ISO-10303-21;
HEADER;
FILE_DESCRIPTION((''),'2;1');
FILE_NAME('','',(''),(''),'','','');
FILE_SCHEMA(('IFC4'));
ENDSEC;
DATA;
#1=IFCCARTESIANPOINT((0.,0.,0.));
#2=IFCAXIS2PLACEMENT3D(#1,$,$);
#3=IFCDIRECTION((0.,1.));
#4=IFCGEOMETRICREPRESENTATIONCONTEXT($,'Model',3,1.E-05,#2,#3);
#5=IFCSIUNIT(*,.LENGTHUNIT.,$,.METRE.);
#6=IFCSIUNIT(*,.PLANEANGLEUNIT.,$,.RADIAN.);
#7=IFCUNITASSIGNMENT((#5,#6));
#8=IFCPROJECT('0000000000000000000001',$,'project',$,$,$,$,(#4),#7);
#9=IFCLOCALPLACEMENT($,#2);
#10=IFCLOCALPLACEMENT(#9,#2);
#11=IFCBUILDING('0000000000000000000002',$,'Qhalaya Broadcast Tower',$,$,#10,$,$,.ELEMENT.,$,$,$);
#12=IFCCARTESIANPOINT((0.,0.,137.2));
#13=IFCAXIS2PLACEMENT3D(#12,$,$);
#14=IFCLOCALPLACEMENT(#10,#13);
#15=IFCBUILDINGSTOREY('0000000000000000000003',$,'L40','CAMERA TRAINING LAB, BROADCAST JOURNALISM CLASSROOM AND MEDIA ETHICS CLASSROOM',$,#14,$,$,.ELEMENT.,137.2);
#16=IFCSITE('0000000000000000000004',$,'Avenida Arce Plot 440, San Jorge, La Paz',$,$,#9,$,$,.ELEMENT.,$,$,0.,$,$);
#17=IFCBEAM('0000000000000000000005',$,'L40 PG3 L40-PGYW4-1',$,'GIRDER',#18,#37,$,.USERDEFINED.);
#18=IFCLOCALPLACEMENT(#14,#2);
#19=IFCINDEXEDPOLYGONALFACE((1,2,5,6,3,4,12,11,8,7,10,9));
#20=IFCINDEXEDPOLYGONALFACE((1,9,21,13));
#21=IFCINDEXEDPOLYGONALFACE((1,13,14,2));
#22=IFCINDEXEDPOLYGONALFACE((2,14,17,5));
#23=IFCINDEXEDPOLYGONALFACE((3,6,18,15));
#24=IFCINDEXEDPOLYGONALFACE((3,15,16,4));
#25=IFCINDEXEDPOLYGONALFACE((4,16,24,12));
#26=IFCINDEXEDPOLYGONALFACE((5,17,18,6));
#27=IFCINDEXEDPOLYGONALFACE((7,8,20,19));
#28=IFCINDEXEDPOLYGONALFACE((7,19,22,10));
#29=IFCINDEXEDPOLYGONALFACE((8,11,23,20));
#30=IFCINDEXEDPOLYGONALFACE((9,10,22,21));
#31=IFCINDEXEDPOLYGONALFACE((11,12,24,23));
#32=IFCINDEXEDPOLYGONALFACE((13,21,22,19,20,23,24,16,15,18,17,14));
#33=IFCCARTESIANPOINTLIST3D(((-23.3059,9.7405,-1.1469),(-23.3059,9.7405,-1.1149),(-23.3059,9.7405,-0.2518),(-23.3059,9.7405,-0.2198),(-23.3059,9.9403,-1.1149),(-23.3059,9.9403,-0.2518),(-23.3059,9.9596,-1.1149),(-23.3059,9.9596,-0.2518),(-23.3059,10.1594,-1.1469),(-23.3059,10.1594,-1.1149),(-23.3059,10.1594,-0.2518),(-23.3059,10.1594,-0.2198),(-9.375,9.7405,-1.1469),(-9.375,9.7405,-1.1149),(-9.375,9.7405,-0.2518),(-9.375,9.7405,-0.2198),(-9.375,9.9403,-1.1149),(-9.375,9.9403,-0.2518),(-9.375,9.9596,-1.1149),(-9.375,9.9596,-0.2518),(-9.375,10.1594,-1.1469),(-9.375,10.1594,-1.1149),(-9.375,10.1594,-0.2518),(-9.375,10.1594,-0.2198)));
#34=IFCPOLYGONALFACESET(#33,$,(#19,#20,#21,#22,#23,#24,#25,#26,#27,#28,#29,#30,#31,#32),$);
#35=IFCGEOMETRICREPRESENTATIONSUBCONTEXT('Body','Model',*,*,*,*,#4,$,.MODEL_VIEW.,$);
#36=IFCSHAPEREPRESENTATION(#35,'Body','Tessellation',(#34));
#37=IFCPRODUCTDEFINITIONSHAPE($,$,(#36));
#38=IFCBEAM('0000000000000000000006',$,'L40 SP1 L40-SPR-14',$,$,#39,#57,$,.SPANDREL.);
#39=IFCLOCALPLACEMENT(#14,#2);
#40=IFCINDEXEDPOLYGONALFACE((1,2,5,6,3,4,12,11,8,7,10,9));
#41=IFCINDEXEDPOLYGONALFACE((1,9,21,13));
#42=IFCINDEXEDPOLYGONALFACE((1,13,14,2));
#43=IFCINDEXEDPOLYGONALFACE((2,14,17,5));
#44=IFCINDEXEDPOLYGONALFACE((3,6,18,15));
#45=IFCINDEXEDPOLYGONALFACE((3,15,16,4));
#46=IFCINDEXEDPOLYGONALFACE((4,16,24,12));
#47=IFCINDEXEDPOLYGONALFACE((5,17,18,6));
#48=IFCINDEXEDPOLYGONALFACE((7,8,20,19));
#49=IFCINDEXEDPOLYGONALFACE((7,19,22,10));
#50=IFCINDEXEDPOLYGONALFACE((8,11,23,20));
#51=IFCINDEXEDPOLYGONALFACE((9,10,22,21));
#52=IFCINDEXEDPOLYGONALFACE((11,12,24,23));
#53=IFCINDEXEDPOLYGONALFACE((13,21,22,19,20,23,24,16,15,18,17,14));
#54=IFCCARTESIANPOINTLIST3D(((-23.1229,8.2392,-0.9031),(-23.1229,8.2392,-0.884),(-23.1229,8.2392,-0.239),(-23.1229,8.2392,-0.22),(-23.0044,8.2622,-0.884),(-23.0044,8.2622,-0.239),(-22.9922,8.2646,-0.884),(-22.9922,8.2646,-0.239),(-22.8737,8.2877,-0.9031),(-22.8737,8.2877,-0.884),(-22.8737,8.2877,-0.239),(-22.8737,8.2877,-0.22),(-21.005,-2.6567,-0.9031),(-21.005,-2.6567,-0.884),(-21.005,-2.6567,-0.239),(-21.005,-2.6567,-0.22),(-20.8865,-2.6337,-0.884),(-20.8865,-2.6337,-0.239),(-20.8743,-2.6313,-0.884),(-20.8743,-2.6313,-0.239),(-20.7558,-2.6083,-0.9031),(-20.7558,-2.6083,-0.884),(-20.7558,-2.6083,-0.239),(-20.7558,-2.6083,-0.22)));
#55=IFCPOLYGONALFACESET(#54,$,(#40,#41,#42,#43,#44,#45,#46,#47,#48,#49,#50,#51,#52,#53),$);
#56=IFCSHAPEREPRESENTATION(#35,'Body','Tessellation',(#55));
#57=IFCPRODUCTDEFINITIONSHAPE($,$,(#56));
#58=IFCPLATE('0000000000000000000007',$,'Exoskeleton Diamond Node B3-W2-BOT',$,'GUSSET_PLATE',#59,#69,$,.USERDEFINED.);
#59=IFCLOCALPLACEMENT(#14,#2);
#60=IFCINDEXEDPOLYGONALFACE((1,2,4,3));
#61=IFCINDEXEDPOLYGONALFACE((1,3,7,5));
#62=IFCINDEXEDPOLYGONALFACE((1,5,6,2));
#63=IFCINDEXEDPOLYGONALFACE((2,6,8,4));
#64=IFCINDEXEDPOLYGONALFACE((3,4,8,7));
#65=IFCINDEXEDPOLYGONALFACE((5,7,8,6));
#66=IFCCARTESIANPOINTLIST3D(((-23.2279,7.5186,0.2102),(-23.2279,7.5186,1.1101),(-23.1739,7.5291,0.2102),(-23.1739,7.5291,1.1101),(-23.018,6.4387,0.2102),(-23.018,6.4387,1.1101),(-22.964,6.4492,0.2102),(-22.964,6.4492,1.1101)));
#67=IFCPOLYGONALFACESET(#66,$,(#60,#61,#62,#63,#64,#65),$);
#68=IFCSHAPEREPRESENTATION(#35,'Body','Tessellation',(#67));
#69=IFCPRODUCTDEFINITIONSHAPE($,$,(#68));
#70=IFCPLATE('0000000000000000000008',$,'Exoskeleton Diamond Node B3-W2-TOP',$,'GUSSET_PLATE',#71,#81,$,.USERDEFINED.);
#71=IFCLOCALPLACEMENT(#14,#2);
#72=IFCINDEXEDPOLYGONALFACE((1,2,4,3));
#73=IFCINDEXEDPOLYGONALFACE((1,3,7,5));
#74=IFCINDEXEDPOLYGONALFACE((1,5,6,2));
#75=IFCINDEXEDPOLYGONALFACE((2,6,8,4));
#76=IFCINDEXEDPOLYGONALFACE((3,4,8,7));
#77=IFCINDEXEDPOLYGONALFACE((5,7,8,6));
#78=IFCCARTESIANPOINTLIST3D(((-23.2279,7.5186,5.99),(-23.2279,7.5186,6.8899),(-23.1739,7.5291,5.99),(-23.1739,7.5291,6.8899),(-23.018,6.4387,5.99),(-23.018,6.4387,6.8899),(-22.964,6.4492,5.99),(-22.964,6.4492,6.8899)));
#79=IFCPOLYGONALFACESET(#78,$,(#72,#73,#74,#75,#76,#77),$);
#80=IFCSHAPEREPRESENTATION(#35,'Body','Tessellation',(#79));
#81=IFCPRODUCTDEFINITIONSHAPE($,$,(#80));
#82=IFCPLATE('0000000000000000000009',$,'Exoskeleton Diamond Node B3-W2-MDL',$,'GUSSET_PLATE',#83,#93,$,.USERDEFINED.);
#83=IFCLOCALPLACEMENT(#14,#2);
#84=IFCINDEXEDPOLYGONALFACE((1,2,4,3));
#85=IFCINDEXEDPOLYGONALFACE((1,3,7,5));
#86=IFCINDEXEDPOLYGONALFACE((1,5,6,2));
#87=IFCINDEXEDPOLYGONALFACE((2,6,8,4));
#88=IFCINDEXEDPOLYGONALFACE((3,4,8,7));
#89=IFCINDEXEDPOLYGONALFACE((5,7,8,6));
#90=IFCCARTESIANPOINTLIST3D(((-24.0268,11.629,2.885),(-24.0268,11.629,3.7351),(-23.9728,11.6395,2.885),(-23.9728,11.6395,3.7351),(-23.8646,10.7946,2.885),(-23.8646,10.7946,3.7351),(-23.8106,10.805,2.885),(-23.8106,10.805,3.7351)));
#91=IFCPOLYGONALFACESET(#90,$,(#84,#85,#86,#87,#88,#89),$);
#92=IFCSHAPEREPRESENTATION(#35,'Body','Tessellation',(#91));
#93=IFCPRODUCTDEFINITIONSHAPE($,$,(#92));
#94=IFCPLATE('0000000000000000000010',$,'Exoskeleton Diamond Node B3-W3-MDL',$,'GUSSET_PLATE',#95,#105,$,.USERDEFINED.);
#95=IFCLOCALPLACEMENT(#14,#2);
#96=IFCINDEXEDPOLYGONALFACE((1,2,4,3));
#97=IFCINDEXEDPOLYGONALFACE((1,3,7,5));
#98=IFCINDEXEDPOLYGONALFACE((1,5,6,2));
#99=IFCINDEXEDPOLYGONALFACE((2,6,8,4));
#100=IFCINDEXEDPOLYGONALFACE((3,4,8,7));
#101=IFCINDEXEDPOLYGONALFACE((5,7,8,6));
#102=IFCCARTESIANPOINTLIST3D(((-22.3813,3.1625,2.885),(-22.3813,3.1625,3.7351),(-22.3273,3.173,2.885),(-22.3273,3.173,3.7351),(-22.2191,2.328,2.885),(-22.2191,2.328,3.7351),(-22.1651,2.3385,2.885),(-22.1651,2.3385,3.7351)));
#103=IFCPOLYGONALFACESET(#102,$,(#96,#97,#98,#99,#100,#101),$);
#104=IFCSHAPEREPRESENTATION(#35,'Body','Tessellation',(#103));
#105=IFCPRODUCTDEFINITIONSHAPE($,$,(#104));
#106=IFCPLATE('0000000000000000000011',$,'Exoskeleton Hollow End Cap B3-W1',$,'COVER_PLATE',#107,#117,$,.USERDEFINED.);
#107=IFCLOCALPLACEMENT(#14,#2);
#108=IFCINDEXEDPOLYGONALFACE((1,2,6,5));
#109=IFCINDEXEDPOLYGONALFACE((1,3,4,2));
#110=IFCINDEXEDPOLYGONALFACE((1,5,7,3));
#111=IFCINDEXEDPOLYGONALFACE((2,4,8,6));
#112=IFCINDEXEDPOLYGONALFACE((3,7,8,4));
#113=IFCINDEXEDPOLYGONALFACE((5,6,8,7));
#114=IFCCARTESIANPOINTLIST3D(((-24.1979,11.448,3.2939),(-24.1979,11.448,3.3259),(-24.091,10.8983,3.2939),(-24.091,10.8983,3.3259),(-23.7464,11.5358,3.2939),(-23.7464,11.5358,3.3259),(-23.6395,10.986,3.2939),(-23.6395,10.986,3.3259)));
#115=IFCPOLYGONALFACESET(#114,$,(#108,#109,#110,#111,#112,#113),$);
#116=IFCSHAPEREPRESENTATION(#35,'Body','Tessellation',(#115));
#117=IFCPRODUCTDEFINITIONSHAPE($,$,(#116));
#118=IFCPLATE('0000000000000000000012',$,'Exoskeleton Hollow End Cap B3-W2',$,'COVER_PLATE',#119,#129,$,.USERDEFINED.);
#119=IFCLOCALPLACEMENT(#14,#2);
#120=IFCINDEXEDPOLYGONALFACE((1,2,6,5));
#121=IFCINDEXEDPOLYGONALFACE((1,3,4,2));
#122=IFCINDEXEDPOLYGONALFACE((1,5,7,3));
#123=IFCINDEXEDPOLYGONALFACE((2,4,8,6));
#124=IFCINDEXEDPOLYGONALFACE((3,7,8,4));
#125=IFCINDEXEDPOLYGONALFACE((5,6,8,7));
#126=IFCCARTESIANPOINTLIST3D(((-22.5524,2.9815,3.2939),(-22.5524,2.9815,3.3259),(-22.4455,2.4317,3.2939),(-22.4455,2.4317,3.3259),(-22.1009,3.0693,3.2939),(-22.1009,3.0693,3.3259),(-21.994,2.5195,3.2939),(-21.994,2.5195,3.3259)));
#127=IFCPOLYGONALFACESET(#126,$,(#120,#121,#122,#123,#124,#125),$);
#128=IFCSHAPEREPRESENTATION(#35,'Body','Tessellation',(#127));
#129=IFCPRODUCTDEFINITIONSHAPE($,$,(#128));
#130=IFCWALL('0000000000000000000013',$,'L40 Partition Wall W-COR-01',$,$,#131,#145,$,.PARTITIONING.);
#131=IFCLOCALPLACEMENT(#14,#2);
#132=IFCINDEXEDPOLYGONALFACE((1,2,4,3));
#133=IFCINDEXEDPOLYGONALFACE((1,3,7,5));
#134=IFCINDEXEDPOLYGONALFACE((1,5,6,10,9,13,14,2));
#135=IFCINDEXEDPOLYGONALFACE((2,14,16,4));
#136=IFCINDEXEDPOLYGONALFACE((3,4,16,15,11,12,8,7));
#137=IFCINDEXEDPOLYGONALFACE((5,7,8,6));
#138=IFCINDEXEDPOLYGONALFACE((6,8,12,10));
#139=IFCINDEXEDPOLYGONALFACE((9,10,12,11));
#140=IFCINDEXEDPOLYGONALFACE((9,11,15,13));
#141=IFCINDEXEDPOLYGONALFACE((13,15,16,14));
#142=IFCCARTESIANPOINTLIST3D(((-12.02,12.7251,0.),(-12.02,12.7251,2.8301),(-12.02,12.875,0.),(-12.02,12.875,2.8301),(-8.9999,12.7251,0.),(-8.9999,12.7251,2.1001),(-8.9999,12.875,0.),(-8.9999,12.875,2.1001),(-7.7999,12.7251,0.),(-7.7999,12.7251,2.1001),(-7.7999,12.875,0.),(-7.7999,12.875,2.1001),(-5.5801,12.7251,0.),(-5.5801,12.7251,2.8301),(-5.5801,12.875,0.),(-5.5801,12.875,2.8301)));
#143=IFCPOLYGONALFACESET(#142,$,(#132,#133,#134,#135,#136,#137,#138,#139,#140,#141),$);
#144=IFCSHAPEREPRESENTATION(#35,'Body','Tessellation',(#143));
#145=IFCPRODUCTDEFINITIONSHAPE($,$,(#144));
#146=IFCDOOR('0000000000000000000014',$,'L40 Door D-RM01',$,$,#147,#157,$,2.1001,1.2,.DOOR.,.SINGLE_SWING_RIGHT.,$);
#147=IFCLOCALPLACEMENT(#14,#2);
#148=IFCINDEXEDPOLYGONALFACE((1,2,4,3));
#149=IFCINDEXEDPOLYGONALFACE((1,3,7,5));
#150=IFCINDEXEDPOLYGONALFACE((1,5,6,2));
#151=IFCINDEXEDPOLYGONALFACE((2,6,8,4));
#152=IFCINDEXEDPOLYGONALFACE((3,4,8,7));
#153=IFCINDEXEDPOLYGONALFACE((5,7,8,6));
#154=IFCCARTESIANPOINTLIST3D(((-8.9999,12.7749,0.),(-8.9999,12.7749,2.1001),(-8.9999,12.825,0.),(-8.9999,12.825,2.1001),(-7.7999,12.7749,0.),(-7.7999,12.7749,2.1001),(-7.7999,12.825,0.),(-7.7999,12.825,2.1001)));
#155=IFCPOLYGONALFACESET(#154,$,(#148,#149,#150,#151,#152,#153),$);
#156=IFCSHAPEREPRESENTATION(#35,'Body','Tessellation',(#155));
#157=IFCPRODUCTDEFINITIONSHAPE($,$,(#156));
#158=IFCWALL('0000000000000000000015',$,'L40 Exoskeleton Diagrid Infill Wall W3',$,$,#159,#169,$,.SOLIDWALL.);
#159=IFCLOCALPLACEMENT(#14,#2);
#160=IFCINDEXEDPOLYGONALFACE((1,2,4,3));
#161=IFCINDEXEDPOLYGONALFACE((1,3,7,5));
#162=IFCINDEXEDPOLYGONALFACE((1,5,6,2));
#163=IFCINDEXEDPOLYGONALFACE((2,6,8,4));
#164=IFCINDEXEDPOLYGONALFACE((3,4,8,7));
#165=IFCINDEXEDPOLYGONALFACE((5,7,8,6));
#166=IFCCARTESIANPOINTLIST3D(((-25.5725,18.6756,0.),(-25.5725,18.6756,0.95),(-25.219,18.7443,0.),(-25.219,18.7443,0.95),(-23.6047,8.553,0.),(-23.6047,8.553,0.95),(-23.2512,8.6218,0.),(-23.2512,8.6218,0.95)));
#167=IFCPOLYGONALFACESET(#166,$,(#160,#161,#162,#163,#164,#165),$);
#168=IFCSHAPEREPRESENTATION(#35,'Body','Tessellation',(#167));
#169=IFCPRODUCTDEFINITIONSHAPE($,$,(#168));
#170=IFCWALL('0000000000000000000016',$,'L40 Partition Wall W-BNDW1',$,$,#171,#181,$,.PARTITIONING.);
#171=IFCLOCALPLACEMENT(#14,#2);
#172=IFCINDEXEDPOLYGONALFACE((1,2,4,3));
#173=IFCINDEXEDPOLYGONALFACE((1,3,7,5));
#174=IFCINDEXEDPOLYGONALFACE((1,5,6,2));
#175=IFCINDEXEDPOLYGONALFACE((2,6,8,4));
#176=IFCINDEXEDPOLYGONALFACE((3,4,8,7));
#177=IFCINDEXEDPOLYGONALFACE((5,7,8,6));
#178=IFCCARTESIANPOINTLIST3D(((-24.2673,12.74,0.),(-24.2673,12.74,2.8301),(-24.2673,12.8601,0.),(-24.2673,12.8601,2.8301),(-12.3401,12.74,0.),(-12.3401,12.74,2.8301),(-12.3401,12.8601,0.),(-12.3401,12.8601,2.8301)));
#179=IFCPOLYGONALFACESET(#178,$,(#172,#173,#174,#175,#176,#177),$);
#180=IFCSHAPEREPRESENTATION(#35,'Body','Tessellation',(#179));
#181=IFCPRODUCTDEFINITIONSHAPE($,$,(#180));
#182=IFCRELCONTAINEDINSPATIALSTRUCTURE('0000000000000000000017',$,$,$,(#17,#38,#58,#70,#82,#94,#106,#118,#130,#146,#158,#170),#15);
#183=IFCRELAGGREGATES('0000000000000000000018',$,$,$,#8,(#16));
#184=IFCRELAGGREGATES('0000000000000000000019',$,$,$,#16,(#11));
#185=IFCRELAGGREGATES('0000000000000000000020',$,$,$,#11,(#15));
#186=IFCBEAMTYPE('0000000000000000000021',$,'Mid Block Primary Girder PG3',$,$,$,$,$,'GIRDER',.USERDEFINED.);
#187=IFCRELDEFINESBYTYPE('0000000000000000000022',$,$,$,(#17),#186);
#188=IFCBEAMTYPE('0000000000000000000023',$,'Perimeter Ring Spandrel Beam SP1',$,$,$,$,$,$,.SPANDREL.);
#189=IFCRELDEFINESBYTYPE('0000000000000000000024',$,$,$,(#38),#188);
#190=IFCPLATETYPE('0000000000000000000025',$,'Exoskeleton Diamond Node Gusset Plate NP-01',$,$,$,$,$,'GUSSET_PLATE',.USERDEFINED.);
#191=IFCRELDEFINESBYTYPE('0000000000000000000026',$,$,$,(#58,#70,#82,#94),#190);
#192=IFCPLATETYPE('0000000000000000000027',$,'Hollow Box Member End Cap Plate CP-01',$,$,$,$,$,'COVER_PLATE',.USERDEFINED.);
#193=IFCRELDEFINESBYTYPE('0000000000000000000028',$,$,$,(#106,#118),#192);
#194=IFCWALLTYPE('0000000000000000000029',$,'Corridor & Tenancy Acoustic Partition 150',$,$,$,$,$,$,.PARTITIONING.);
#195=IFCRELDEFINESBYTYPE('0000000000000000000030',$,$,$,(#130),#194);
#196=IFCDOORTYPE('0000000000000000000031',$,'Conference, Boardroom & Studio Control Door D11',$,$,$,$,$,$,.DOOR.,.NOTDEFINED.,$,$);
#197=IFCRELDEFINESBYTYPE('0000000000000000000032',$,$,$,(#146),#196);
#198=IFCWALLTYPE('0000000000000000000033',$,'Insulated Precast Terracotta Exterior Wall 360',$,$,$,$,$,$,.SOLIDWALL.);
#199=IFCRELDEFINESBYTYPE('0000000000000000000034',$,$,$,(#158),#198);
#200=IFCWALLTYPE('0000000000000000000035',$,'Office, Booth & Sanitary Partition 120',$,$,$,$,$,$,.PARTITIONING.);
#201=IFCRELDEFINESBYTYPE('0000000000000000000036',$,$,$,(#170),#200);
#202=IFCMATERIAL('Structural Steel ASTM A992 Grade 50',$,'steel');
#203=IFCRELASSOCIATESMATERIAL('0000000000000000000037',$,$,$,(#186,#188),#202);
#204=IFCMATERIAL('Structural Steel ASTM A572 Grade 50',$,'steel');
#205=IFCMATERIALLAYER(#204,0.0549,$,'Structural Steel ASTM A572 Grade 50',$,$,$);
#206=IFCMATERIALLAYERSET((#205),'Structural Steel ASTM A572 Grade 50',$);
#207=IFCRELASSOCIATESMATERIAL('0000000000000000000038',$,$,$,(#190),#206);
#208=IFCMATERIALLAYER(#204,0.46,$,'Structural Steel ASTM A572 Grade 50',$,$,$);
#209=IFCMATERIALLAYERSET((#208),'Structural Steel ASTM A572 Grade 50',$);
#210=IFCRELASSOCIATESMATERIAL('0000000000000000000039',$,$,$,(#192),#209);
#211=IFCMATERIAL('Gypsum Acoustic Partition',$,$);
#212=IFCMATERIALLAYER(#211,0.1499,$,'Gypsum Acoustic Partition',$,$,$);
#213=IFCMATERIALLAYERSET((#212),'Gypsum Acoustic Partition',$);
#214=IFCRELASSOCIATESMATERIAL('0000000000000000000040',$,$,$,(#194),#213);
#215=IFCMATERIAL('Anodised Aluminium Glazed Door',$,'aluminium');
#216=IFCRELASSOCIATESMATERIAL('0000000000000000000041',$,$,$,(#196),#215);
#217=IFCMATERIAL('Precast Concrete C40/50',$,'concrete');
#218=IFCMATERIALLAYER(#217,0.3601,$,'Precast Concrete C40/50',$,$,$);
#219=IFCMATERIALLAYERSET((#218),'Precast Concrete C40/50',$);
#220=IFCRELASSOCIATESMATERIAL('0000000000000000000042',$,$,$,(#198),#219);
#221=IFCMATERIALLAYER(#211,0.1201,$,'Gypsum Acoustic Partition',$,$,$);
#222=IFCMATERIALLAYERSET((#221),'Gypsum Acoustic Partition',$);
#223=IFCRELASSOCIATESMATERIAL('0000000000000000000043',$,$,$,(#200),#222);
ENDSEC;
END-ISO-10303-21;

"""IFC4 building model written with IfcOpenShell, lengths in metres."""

from ifc_helpers import new_model, si_unit, direction, frame, frame_2d, origin, origin_2d, place, context, subcontext, project, spatial, rectangle, i_section, extrude, material, layer, layer_set, material_profile, profile_set, type_object, element, fill, save


model = new_model("IFC4")

# Units and contexts
model_context = context("Model", 3, precision=1e-05, world=origin(), true_north=direction((0.0, 1.0)))
body_context = subcontext(model_context, "Body", "Model", "MODEL_VIEW")
ifc_project = project(units=[si_unit("LENGTHUNIT", "METRE"), si_unit("PLANEANGLEUNIT", "RADIAN")], contexts=[model_context])

# Site, building, storey
site_placement = place(None, origin())
site = spatial("IfcSite", under=ifc_project, at=site_placement, Name="Avenida Arce Plot 440, San Jorge, La Paz", CompositionType="ELEMENT", RefElevation=0.0)
building_placement = place(site_placement, origin())
building = spatial("IfcBuilding", under=site, at=building_placement, Name="Qhalaya Broadcast Tower", CompositionType="ELEMENT")
storey_placement = place(building_placement, frame((0.0, 0.0, 137.2)))
storey = spatial("IfcBuildingStorey", under=building, at=storey_placement, Name="L40", Description="CAMERA TRAINING LAB, BROADCAST JOURNALISM CLASSROOM AND MEDIA ETHICS CLASSROOM", CompositionType="ELEMENT", Elevation=137.2)

# Shared definitions
ifc_material_1 = material(Name="Structural Steel ASTM A572 Grade 50", Category="steel")

# Shared definitions
ifc_material_2 = material(Name="Structural Steel ASTM A992 Grade 50", Category="steel")

# Beams
ifc_material_profile_1 = material_profile(ifc_material_2, i_section(OverallWidth=0.4189, OverallDepth=0.927, WebThickness=0.0193, FlangeThickness=0.032, at=origin_2d()), Name="W36X231")
ifc_profile_set_1 = profile_set([ifc_material_profile_1], Name="Structural Steel ASTM A992 Grade 50")
beam_type_1 = type_object("IfcBeamType", Name="Mid Block Primary Girder PG3", ElementType="GIRDER", PredefinedType="USERDEFINED", material=ifc_profile_set_1)
beam_1_placement = place(storey_placement, frame((-23.3059, 9.95, -0.6833), z_axis=(1.0, 0.0, 0.0), x_axis=(0.0, 1.0, 0.0)))
element("IfcBeam", 1, at=beam_1_placement, inside=storey, type_object=beam_type_1, Name="L40 PG3 L40-PGYW4-1", ObjectType="GIRDER", PredefinedType="USERDEFINED", context=body_context, shape_type="SweptSolid", body=[
    extrude(i_section(OverallWidth=0.4189, OverallDepth=0.927, WebThickness=0.0193, FlangeThickness=0.032, at=origin_2d()), origin(), (0.0, 0.0, 1.0), 13.9309),
])
ifc_material_profile_2 = material_profile(ifc_material_2, i_section(OverallWidth=0.2539, OverallDepth=0.6831, WebThickness=0.0125, FlangeThickness=0.019, at=origin_2d()), Name="W27X94")
ifc_profile_set_2 = profile_set([ifc_material_profile_2], Name="Structural Steel ASTM A992 Grade 50")
beam_type_2 = type_object("IfcBeamType", Name="Perimeter Ring Spandrel Beam SP1", PredefinedType="SPANDREL", material=ifc_profile_set_2)
beam_2_placement = place(storey_placement, frame((-22.9983, 8.2634, -0.5615), z_axis=(0.190805, -0.981628, 0.0), x_axis=(0.981628, 0.190805, 0.0)))
element("IfcBeam", 2, at=beam_2_placement, inside=storey, type_object=beam_type_2, Name="L40 SP1 L40-SPR-14", PredefinedType="SPANDREL", context=body_context, shape_type="SweptSolid", body=[
    extrude(i_section(OverallWidth=0.2539, OverallDepth=0.6831, WebThickness=0.0125, FlangeThickness=0.019, at=origin_2d()), origin(), (0.0, 0.0, 1.0), 11.0999),
])

# Plates
ifc_layer_1 = layer(ifc_material_1, 0.0549, Name="Structural Steel ASTM A572 Grade 50")
ifc_layer_set_1 = layer_set([ifc_layer_1], Name="Structural Steel ASTM A572 Grade 50")
plate_type_1 = type_object("IfcPlateType", Name="Exoskeleton Diamond Node Gusset Plate NP-01", ElementType="GUSSET_PLATE", PredefinedType="USERDEFINED", material=ifc_layer_set_1)
for number, where, z_axis, x_axis, name in (
    (3, (-23.0959, 6.9839, 0.2102), (0.0, 0.0, 1.0), (-0.190809, 0.981627, 0.0), "Exoskeleton Diamond Node B3-W2-BOT"),
    (4, (-23.0959, 6.9839, 5.99), (0.0, 0.0, 1.0), (-0.190809, 0.981627, 0.0), "Exoskeleton Diamond Node B3-W2-TOP"),
):
    element("IfcPlate", number, at=place(storey_placement, frame(where, z_axis=z_axis, x_axis=x_axis)), inside=storey, type_object=plate_type_1, Name=name, ObjectType="GUSSET_PLATE", PredefinedType="USERDEFINED", context=body_context, shape_type="SweptSolid", body=[
        extrude(rectangle(XDim=1.1001, YDim=0.0549, at=origin_2d()), origin(), (0.0, 0.0, 1.0), 0.8999),
    ])
for number, where, z_axis, x_axis, name in (
    (5, (-23.9187, 11.217, 2.885), (0.0, 0.0, 1.0), (-0.190809, 0.981627, 0.0), "Exoskeleton Diamond Node B3-W2-MDL"),
    (6, (-22.2732, 2.7505, 2.885), (0.0, 0.0, 1.0), (-0.190809, 0.981627, 0.0), "Exoskeleton Diamond Node B3-W3-MDL"),
):
    element("IfcPlate", number, at=place(storey_placement, frame(where, z_axis=z_axis, x_axis=x_axis)), inside=storey, type_object=plate_type_1, Name=name, ObjectType="GUSSET_PLATE", PredefinedType="USERDEFINED", context=body_context, shape_type="SweptSolid", body=[
        extrude(rectangle(XDim=0.8501, YDim=0.0549, at=origin_2d()), origin(), (0.0, 0.0, 1.0), 0.8501),
    ])
ifc_layer_2 = layer(ifc_material_1, 0.46, Name="Structural Steel ASTM A572 Grade 50")
ifc_layer_set_2 = layer_set([ifc_layer_2], Name="Structural Steel ASTM A572 Grade 50")
plate_type_2 = type_object("IfcPlateType", Name="Hollow Box Member End Cap Plate CP-01", ElementType="COVER_PLATE", PredefinedType="USERDEFINED", material=ifc_layer_set_2)
for number, where, z_axis, x_axis, name in (
    (7, (-23.9187, 11.217, 3.2939), (0.0, 0.0, 1.0), (-0.190809, 0.981627, 0.0), "Exoskeleton Hollow End Cap B3-W1"),
    (8, (-22.2732, 2.7505, 3.2939), (0.0, 0.0, 1.0), (-0.190809, 0.981627, 0.0), "Exoskeleton Hollow End Cap B3-W2"),
):
    element("IfcPlate", number, at=place(storey_placement, frame(where, z_axis=z_axis, x_axis=x_axis)), inside=storey, type_object=plate_type_2, Name=name, ObjectType="COVER_PLATE", PredefinedType="USERDEFINED", context=body_context, shape_type="SweptSolid", body=[
        extrude(rectangle(XDim=0.5601, YDim=0.46, at=origin_2d()), origin(), (0.0, 0.0, 1.0), 0.032),
    ])

# Wall, opening, door
ifc_material_3 = material(Name="Gypsum Acoustic Partition")
ifc_layer_3 = layer(ifc_material_3, 0.1499, Name="Gypsum Acoustic Partition")
ifc_layer_set_3 = layer_set([ifc_layer_3], Name="Gypsum Acoustic Partition")
wall_type_1 = type_object("IfcWallType", Name="Corridor & Tenancy Acoustic Partition 150", PredefinedType="PARTITIONING", material=ifc_layer_set_3)
wall_1_placement = place(storey_placement, frame((-12.02, 12.8, 0.0), z_axis=(0.0, 0.0, 1.0), x_axis=(1.0, 0.0, 0.0)))
wall_1 = element("IfcWall", 9, at=wall_1_placement, inside=storey, type_object=wall_type_1, Name="L40 Partition Wall W-COR-01", PredefinedType="PARTITIONING", context=body_context, shape_type="SweptSolid", body=[
    extrude(rectangle(XDim=6.4399, YDim=0.1499, at=frame_2d((3.22, 0.0))), origin(), (0.0, 0.0, 1.0), 2.8301),
])
opening_placement = place(wall_1_placement, frame((3.02, 0.0, 0.0)))
opening = element("IfcOpeningElement", 10, at=opening_placement, cuts=wall_1, PredefinedType="OPENING", context=body_context, shape_type="SweptSolid", body=[
    extrude(rectangle(XDim=1.2, YDim=2.1001, at=frame_2d((0.6001, 1.05))), frame((0.0, 0.0869, 0.0), z_axis=(0.0, -1.0, 0.0), x_axis=(1.0, 0.0, 0.0)), (0.0, 0.0, 1.0), 0.1738),
])
ifc_material_4 = material(Name="Anodised Aluminium Glazed Door", Category="aluminium")
door_type = type_object("IfcDoorType", Name="Conference, Boardroom & Studio Control Door D11", OperationType="NOTDEFINED", PredefinedType="DOOR", material=ifc_material_4)
door_placement = place(opening_placement, origin())
door = element("IfcDoor", 11, at=door_placement, inside=storey, type_object=door_type, Name="L40 Door D-RM01", OperationType="SINGLE_SWING_RIGHT", OverallHeight=2.1001, OverallWidth=1.2, PredefinedType="DOOR", context=body_context, shape_type="SweptSolid", body=[
    extrude(rectangle(XDim=1.2, YDim=2.1001, at=frame_2d((0.6001, 1.05))), frame((0.0, 0.0249, 0.0), z_axis=(0.0, -1.0, 0.0), x_axis=(1.0, 0.0, 0.0)), (0.0, 0.0, 1.0), 0.05),
])
fill(opening, door)

# Walls
ifc_material_5 = material(Name="Precast Concrete C40/50", Category="concrete")
ifc_layer_4 = layer(ifc_material_5, 0.3601, Name="Precast Concrete C40/50")
ifc_layer_set_4 = layer_set([ifc_layer_4], Name="Precast Concrete C40/50")
wall_type_2 = type_object("IfcWallType", Name="Insulated Precast Terracotta Exterior Wall 360", PredefinedType="SOLIDWALL", material=ifc_layer_set_4)
wall_2_placement = place(storey_placement, frame((-23.428, 8.5874, 0.0), z_axis=(0.0, 0.0, 1.0), x_axis=(-0.190823, 0.981625, 0.0)))
element("IfcWall", 12, at=wall_2_placement, inside=storey, type_object=wall_type_2, Name="L40 Exoskeleton Diagrid Infill Wall W3", PredefinedType="SOLIDWALL", context=body_context, shape_type="SweptSolid", body=[
    extrude(rectangle(XDim=10.312, YDim=0.3601, at=frame_2d((5.156, 0.0))), origin(), (0.0, 0.0, 1.0), 0.95),
])
ifc_layer_5 = layer(ifc_material_3, 0.1201, Name="Gypsum Acoustic Partition")
ifc_layer_set_5 = layer_set([ifc_layer_5], Name="Gypsum Acoustic Partition")
wall_type_3 = type_object("IfcWallType", Name="Office, Booth & Sanitary Partition 120", PredefinedType="PARTITIONING", material=ifc_layer_set_5)
wall_3_placement = place(storey_placement, frame((-24.2673, 12.8, 0.0), z_axis=(0.0, 0.0, 1.0), x_axis=(1.0, 0.0, 0.0)))
element("IfcWall", 13, at=wall_3_placement, inside=storey, type_object=wall_type_3, Name="L40 Partition Wall W-BNDW1", PredefinedType="PARTITIONING", context=body_context, shape_type="SweptSolid", body=[
    extrude(rectangle(XDim=11.9272, YDim=0.1201, at=frame_2d((5.9636, 0.0))), origin(), (0.0, 0.0, 1.0), 2.8301),
])

save(model, "model.ifc")
